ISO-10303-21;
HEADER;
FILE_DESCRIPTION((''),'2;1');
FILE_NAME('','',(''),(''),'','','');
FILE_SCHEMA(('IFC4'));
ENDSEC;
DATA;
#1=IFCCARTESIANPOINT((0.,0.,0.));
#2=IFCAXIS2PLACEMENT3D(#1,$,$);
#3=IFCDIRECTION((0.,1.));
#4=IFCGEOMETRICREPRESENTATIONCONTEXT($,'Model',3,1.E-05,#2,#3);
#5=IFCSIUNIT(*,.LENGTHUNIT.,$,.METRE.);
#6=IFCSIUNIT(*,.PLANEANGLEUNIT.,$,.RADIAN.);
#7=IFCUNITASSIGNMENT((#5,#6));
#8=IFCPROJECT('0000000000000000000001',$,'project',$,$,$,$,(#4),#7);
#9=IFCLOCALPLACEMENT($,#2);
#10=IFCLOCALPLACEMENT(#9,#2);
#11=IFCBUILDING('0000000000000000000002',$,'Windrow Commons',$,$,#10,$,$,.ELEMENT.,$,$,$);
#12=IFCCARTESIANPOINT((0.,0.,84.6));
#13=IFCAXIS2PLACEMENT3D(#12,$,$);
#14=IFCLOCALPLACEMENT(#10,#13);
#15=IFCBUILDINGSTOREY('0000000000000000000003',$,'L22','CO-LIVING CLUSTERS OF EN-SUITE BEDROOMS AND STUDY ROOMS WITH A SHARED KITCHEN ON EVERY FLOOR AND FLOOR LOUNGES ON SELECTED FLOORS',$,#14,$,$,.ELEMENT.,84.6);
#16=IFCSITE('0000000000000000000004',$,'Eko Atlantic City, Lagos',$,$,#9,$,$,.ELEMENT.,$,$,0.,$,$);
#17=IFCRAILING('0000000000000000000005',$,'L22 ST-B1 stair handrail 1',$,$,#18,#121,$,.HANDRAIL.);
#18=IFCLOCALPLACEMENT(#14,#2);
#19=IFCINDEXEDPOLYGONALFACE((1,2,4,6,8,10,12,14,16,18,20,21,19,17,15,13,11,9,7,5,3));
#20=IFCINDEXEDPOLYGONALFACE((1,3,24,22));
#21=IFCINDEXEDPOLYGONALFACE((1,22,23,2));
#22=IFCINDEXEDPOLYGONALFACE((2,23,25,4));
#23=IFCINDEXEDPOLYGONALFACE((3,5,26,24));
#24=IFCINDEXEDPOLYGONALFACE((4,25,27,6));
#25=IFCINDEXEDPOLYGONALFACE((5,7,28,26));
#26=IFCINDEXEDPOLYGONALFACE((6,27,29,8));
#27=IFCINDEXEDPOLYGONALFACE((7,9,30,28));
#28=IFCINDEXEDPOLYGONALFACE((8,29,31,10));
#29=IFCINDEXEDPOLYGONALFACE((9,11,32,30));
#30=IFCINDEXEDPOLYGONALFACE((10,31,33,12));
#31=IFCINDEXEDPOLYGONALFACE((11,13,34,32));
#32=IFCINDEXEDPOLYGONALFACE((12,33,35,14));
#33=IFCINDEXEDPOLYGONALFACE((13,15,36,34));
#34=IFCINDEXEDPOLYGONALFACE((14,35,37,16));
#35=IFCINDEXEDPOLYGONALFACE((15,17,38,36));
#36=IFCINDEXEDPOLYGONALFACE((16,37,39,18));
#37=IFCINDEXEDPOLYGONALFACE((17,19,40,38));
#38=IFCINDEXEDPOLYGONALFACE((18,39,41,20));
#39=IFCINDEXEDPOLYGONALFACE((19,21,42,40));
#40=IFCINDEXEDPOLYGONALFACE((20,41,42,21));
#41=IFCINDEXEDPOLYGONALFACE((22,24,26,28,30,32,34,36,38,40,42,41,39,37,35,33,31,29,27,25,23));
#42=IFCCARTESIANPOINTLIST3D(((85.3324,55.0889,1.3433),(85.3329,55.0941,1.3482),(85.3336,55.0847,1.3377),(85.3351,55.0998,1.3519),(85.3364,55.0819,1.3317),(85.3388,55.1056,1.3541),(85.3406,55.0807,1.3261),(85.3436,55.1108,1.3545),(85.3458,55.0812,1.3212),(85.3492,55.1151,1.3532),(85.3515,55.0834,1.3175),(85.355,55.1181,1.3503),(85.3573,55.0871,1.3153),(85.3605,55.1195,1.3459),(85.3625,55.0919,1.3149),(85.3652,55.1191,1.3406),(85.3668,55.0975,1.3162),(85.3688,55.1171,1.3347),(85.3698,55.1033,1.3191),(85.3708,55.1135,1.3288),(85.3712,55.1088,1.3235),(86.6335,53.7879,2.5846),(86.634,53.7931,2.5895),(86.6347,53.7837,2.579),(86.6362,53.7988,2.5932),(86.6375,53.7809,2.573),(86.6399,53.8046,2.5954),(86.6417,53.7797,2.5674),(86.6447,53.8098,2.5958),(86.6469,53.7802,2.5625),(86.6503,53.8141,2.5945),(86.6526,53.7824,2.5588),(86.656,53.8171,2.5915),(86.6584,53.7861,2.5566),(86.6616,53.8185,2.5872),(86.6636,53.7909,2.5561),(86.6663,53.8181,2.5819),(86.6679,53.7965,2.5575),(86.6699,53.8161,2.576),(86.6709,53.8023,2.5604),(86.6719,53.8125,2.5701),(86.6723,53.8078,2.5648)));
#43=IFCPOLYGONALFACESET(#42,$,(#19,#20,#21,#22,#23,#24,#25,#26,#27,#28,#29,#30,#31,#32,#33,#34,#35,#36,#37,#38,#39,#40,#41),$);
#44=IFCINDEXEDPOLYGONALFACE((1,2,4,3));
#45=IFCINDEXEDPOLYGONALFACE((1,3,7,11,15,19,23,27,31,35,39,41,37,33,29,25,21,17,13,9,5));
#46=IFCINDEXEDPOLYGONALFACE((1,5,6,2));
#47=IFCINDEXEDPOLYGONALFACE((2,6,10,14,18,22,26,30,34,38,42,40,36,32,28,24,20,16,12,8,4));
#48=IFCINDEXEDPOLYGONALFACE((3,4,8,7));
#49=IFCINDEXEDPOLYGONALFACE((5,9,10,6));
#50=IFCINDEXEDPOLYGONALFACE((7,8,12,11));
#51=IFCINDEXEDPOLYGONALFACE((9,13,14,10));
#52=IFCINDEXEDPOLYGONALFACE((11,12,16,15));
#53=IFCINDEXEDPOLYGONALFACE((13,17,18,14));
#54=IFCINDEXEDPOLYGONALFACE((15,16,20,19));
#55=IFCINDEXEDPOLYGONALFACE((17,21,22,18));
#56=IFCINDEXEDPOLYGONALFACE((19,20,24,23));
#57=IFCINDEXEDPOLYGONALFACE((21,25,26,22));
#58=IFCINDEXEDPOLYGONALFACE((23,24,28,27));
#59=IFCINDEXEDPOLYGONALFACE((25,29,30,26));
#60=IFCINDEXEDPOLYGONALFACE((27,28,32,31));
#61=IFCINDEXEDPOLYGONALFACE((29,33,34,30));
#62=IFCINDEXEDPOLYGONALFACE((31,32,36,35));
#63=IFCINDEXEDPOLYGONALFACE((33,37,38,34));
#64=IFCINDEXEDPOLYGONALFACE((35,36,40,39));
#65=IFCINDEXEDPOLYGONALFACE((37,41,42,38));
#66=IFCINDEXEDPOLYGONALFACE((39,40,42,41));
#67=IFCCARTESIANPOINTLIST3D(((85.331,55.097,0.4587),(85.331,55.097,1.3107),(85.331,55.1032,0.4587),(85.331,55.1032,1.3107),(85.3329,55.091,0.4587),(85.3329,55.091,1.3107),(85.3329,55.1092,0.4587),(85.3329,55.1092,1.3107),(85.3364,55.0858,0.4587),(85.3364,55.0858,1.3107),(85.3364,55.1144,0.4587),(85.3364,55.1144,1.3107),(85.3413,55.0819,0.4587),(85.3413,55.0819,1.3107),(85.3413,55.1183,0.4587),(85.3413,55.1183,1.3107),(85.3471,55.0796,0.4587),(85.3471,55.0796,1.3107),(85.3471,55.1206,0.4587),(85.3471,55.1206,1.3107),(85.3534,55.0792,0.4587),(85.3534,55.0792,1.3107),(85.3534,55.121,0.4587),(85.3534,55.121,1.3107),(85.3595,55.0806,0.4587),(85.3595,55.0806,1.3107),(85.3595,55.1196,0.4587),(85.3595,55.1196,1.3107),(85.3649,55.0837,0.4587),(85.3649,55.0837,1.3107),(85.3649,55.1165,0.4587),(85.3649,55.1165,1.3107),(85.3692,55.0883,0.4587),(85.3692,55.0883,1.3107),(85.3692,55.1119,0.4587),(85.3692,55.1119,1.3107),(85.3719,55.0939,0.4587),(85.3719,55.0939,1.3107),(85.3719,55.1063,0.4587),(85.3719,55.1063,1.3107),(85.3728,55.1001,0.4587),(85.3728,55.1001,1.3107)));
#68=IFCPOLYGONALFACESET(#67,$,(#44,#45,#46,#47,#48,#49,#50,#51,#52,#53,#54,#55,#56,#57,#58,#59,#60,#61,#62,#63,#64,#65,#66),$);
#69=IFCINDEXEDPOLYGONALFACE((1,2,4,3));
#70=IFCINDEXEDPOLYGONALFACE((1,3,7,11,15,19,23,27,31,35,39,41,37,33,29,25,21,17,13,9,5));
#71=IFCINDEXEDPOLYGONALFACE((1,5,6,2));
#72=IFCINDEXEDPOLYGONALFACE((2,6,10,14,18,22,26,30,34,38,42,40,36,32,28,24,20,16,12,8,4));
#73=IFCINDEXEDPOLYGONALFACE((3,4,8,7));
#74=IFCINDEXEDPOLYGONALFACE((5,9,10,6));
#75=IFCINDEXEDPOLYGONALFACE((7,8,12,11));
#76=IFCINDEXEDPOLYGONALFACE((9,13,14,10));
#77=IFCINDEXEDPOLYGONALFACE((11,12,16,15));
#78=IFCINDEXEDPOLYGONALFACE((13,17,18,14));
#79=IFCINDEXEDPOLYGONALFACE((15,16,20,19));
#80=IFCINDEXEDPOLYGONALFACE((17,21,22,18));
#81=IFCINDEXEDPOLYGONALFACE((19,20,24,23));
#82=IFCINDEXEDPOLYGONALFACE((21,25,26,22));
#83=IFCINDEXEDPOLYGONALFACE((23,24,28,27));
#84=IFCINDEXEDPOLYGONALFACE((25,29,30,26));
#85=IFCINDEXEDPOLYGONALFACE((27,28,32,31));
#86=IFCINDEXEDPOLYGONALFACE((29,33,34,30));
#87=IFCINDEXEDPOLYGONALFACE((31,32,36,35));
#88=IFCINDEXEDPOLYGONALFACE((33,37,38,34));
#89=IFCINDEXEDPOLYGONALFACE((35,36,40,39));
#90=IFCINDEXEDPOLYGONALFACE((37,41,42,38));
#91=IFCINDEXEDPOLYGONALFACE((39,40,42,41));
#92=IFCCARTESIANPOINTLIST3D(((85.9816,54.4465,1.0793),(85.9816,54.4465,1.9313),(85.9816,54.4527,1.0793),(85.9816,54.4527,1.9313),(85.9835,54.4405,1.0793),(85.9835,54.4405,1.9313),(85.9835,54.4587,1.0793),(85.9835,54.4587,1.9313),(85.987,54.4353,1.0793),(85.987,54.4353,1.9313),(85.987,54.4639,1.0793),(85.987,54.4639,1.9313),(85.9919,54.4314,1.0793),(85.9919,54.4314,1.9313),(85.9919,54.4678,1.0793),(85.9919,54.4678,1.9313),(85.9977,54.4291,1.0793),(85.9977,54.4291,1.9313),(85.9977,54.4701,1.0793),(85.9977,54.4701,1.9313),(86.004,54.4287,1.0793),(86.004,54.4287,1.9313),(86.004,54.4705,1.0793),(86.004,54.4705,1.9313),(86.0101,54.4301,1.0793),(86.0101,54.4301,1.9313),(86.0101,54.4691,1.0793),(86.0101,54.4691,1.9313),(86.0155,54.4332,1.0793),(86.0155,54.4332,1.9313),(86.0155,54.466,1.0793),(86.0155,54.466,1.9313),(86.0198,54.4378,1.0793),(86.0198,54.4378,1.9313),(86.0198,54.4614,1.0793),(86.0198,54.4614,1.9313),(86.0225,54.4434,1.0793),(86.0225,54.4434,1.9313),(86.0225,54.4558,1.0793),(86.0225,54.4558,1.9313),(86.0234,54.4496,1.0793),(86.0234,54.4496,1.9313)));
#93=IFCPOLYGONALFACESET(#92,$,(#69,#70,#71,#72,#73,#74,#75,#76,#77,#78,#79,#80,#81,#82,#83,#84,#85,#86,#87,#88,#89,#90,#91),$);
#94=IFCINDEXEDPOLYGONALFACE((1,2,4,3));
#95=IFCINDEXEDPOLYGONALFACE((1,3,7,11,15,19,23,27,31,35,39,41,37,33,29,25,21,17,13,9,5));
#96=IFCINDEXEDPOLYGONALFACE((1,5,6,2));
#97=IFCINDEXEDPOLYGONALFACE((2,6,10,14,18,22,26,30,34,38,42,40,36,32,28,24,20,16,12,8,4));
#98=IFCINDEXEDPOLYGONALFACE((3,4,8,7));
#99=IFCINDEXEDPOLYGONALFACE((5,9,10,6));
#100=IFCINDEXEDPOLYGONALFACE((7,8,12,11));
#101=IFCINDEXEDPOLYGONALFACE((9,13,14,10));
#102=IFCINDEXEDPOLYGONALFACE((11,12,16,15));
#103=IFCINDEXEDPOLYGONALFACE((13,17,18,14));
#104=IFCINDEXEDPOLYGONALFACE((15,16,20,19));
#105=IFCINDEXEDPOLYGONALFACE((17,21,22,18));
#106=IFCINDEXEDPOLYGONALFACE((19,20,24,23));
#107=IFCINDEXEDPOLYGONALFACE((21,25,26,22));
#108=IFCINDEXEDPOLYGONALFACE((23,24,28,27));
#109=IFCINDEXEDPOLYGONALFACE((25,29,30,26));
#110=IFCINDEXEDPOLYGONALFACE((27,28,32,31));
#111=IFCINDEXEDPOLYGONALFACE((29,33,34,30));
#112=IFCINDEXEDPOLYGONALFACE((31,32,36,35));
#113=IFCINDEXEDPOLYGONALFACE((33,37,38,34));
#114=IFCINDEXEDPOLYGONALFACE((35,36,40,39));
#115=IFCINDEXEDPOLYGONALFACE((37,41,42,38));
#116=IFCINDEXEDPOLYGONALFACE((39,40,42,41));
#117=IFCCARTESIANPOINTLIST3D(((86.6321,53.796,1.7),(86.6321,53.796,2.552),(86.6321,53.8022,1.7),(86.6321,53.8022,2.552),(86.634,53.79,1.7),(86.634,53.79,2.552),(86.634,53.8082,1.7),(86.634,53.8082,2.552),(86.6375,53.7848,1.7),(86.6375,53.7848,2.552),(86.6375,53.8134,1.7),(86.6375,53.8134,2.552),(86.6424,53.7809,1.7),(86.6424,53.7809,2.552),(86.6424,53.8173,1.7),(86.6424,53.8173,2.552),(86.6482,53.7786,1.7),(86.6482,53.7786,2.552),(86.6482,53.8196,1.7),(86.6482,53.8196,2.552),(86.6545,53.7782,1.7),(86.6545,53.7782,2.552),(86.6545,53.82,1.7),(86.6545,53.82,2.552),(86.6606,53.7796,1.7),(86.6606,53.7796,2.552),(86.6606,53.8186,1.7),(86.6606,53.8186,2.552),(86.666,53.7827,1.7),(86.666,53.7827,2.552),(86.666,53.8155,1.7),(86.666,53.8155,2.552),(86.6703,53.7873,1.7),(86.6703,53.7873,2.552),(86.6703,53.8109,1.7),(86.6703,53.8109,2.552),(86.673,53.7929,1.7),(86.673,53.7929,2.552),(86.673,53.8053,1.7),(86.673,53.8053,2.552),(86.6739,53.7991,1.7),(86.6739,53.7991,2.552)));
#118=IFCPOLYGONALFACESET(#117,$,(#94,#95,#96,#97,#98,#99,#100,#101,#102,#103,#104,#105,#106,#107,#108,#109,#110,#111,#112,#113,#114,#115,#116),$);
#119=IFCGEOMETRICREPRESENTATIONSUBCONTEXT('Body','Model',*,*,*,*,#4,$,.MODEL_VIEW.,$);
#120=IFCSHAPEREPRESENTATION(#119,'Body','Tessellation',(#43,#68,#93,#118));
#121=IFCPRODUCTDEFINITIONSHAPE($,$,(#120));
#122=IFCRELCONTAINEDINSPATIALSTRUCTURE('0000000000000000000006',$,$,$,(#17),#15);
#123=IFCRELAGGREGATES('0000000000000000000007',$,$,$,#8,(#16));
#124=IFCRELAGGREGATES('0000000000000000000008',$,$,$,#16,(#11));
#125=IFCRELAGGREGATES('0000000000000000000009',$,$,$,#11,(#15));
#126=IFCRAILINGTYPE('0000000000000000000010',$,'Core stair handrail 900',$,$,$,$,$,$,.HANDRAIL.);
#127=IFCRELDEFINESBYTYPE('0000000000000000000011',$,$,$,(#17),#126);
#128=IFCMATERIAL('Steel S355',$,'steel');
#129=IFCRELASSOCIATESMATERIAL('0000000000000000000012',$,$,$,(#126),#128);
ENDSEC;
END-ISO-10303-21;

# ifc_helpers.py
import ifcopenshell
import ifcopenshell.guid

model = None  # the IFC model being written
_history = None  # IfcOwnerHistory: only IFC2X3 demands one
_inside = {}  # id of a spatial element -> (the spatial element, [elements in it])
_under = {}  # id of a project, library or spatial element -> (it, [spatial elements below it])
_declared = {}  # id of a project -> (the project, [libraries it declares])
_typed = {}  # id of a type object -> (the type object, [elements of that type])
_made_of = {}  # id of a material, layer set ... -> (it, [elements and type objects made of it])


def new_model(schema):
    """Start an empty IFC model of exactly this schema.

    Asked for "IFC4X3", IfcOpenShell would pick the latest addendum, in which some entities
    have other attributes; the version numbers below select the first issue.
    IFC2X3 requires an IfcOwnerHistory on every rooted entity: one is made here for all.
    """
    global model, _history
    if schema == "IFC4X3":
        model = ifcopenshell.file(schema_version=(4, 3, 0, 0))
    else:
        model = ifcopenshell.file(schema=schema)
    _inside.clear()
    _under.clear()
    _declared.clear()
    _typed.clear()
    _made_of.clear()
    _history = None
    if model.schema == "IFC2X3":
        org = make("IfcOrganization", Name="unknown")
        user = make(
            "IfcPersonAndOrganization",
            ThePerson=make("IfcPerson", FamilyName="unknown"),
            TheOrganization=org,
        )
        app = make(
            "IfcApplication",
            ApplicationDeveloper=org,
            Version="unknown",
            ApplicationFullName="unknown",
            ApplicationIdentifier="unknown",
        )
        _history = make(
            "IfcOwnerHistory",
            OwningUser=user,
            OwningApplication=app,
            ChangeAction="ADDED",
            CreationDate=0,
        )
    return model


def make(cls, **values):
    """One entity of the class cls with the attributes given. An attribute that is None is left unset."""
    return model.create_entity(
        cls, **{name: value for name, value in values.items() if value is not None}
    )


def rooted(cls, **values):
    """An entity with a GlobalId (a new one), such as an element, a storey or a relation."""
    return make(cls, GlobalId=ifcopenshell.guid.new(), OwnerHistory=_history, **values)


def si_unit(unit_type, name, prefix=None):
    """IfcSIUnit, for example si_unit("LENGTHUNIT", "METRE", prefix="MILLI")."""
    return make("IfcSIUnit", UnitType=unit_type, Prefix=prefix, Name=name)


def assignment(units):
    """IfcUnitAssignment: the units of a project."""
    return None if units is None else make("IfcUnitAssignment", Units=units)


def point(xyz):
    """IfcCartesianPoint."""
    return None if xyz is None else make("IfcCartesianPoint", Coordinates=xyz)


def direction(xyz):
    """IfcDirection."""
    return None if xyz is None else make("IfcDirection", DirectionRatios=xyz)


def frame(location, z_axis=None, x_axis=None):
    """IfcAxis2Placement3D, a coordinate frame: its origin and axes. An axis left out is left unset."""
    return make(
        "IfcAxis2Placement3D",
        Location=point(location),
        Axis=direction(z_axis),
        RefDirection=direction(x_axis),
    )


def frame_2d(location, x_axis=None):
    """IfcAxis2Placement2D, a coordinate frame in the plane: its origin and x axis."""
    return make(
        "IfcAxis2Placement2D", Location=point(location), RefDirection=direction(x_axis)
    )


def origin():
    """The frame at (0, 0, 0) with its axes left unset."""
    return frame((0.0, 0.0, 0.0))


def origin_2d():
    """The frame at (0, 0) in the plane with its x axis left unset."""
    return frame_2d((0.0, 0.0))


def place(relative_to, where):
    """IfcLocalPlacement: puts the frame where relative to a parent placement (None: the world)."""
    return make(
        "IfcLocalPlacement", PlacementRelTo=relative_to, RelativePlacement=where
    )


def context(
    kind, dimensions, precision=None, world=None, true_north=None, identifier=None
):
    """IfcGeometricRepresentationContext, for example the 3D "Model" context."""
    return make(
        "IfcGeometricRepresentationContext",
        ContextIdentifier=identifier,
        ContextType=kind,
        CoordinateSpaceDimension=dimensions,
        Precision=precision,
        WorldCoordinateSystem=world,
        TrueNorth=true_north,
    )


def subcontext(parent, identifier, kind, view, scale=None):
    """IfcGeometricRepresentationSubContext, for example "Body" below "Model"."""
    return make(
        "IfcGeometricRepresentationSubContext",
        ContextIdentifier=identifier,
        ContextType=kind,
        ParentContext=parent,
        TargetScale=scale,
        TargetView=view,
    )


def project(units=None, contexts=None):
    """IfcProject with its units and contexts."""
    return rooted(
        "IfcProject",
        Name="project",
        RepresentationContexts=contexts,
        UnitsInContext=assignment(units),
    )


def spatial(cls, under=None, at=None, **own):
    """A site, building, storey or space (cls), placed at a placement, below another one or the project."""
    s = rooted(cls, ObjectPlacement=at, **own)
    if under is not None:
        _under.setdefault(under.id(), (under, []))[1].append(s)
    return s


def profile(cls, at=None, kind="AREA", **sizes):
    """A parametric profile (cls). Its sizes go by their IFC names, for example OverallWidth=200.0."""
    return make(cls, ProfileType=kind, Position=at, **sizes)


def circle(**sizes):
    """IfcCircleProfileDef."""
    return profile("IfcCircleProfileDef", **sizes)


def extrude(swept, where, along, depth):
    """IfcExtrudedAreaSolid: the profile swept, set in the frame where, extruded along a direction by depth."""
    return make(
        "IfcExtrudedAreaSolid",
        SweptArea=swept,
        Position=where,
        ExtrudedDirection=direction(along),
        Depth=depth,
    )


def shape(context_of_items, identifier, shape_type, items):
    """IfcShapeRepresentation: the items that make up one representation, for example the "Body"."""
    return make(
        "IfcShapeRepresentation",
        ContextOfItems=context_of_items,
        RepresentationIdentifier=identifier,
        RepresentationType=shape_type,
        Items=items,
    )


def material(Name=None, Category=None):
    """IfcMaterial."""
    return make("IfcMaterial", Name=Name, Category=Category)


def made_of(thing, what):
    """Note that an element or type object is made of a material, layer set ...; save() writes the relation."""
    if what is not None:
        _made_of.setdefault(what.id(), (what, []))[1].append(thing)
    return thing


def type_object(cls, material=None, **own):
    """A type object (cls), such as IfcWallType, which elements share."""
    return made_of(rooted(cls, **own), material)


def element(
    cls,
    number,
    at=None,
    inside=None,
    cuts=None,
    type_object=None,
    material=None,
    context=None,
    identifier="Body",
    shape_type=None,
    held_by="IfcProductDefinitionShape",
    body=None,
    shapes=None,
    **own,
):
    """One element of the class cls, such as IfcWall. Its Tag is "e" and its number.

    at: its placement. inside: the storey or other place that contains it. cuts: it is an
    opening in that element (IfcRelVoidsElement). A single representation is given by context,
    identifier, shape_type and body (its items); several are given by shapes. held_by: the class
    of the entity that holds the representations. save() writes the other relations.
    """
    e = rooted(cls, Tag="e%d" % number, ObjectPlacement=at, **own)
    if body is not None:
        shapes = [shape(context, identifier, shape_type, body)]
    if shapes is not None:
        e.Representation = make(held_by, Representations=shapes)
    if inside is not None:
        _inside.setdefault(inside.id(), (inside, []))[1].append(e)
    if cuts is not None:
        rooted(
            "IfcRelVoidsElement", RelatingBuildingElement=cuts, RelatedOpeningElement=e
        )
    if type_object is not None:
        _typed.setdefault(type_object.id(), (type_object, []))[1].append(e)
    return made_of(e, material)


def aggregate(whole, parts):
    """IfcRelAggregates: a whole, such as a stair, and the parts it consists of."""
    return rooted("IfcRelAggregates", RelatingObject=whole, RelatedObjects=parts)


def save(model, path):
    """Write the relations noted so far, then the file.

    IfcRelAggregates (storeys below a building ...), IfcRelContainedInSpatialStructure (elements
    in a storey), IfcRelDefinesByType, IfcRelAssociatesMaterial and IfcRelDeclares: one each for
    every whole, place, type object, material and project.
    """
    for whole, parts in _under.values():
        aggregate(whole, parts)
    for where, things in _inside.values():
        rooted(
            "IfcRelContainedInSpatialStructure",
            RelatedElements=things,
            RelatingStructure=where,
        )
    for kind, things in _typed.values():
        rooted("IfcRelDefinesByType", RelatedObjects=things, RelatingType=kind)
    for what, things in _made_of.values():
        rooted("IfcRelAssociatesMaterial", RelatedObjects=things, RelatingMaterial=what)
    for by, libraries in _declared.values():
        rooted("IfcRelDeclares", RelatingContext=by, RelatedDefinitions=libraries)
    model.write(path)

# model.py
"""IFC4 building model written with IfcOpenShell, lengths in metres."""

from ifc_helpers import new_model, si_unit, direction, frame, origin, origin_2d, place, context, subcontext, project, spatial, circle, extrude, material, type_object, element, save


model = new_model("IFC4")

# Units and contexts
model_context = context("Model", 3, precision=1e-05, world=origin(), true_north=direction((0.0, 1.0)))
body_context = subcontext(model_context, "Body", "Model", "MODEL_VIEW")
ifc_project = project(units=[si_unit("LENGTHUNIT", "METRE"), si_unit("PLANEANGLEUNIT", "RADIAN")], contexts=[model_context])

# Site, building, storey
site_placement = place(None, origin())
site = spatial("IfcSite", under=ifc_project, at=site_placement, Name="Eko Atlantic City, Lagos", CompositionType="ELEMENT", RefElevation=0.0)
building_placement = place(site_placement, origin())
building = spatial("IfcBuilding", under=site, at=building_placement, Name="Windrow Commons", CompositionType="ELEMENT")
storey_placement = place(building_placement, frame((0.0, 0.0, 84.6)))
storey = spatial("IfcBuildingStorey", under=building, at=storey_placement, Name="L22", Description="CO-LIVING CLUSTERS OF EN-SUITE BEDROOMS AND STUDY ROOMS WITH A SHARED KITCHEN ON EVERY FLOOR AND FLOOR LOUNGES ON SELECTED FLOORS", CompositionType="ELEMENT", Elevation=84.6)

# Railing
ifc_material_1 = material(Name="Steel S355", Category="steel")
railing_type = type_object("IfcRailingType", Name="Core stair handrail 900", PredefinedType="HANDRAIL", material=ifc_material_1)
railing_placement = place(storey_placement, frame((85.3518, 55.1001, 0.4587)))
element("IfcRailing", 1, at=railing_placement, inside=storey, type_object=railing_type, Name="L22 ST-B1 stair handrail 1", PredefinedType="HANDRAIL", context=body_context, shape_type="SweptSolid", body=[
    extrude(circle(Radius=0.024, at=origin_2d()), frame((0.0, 0.0, 0.876), z_axis=(0.586207, -0.586162, 0.559264), x_axis=(0.70708, 0.707134, 0.0)), (0.0, 0.0, 1.0), 2.2195),
    extrude(circle(Radius=0.021, at=origin_2d()), origin(), (0.0, 0.0, 1.0), 0.852),
    extrude(circle(Radius=0.021, at=origin_2d()), frame((0.6506, -0.6505, 0.6206)), (0.0, 0.0, 1.0), 0.852),
    extrude(circle(Radius=0.021, at=origin_2d()), frame((1.3011, -1.301, 1.2413)), (0.0, 0.0, 1.0), 0.852),
])

save(model, "model.ifc")
